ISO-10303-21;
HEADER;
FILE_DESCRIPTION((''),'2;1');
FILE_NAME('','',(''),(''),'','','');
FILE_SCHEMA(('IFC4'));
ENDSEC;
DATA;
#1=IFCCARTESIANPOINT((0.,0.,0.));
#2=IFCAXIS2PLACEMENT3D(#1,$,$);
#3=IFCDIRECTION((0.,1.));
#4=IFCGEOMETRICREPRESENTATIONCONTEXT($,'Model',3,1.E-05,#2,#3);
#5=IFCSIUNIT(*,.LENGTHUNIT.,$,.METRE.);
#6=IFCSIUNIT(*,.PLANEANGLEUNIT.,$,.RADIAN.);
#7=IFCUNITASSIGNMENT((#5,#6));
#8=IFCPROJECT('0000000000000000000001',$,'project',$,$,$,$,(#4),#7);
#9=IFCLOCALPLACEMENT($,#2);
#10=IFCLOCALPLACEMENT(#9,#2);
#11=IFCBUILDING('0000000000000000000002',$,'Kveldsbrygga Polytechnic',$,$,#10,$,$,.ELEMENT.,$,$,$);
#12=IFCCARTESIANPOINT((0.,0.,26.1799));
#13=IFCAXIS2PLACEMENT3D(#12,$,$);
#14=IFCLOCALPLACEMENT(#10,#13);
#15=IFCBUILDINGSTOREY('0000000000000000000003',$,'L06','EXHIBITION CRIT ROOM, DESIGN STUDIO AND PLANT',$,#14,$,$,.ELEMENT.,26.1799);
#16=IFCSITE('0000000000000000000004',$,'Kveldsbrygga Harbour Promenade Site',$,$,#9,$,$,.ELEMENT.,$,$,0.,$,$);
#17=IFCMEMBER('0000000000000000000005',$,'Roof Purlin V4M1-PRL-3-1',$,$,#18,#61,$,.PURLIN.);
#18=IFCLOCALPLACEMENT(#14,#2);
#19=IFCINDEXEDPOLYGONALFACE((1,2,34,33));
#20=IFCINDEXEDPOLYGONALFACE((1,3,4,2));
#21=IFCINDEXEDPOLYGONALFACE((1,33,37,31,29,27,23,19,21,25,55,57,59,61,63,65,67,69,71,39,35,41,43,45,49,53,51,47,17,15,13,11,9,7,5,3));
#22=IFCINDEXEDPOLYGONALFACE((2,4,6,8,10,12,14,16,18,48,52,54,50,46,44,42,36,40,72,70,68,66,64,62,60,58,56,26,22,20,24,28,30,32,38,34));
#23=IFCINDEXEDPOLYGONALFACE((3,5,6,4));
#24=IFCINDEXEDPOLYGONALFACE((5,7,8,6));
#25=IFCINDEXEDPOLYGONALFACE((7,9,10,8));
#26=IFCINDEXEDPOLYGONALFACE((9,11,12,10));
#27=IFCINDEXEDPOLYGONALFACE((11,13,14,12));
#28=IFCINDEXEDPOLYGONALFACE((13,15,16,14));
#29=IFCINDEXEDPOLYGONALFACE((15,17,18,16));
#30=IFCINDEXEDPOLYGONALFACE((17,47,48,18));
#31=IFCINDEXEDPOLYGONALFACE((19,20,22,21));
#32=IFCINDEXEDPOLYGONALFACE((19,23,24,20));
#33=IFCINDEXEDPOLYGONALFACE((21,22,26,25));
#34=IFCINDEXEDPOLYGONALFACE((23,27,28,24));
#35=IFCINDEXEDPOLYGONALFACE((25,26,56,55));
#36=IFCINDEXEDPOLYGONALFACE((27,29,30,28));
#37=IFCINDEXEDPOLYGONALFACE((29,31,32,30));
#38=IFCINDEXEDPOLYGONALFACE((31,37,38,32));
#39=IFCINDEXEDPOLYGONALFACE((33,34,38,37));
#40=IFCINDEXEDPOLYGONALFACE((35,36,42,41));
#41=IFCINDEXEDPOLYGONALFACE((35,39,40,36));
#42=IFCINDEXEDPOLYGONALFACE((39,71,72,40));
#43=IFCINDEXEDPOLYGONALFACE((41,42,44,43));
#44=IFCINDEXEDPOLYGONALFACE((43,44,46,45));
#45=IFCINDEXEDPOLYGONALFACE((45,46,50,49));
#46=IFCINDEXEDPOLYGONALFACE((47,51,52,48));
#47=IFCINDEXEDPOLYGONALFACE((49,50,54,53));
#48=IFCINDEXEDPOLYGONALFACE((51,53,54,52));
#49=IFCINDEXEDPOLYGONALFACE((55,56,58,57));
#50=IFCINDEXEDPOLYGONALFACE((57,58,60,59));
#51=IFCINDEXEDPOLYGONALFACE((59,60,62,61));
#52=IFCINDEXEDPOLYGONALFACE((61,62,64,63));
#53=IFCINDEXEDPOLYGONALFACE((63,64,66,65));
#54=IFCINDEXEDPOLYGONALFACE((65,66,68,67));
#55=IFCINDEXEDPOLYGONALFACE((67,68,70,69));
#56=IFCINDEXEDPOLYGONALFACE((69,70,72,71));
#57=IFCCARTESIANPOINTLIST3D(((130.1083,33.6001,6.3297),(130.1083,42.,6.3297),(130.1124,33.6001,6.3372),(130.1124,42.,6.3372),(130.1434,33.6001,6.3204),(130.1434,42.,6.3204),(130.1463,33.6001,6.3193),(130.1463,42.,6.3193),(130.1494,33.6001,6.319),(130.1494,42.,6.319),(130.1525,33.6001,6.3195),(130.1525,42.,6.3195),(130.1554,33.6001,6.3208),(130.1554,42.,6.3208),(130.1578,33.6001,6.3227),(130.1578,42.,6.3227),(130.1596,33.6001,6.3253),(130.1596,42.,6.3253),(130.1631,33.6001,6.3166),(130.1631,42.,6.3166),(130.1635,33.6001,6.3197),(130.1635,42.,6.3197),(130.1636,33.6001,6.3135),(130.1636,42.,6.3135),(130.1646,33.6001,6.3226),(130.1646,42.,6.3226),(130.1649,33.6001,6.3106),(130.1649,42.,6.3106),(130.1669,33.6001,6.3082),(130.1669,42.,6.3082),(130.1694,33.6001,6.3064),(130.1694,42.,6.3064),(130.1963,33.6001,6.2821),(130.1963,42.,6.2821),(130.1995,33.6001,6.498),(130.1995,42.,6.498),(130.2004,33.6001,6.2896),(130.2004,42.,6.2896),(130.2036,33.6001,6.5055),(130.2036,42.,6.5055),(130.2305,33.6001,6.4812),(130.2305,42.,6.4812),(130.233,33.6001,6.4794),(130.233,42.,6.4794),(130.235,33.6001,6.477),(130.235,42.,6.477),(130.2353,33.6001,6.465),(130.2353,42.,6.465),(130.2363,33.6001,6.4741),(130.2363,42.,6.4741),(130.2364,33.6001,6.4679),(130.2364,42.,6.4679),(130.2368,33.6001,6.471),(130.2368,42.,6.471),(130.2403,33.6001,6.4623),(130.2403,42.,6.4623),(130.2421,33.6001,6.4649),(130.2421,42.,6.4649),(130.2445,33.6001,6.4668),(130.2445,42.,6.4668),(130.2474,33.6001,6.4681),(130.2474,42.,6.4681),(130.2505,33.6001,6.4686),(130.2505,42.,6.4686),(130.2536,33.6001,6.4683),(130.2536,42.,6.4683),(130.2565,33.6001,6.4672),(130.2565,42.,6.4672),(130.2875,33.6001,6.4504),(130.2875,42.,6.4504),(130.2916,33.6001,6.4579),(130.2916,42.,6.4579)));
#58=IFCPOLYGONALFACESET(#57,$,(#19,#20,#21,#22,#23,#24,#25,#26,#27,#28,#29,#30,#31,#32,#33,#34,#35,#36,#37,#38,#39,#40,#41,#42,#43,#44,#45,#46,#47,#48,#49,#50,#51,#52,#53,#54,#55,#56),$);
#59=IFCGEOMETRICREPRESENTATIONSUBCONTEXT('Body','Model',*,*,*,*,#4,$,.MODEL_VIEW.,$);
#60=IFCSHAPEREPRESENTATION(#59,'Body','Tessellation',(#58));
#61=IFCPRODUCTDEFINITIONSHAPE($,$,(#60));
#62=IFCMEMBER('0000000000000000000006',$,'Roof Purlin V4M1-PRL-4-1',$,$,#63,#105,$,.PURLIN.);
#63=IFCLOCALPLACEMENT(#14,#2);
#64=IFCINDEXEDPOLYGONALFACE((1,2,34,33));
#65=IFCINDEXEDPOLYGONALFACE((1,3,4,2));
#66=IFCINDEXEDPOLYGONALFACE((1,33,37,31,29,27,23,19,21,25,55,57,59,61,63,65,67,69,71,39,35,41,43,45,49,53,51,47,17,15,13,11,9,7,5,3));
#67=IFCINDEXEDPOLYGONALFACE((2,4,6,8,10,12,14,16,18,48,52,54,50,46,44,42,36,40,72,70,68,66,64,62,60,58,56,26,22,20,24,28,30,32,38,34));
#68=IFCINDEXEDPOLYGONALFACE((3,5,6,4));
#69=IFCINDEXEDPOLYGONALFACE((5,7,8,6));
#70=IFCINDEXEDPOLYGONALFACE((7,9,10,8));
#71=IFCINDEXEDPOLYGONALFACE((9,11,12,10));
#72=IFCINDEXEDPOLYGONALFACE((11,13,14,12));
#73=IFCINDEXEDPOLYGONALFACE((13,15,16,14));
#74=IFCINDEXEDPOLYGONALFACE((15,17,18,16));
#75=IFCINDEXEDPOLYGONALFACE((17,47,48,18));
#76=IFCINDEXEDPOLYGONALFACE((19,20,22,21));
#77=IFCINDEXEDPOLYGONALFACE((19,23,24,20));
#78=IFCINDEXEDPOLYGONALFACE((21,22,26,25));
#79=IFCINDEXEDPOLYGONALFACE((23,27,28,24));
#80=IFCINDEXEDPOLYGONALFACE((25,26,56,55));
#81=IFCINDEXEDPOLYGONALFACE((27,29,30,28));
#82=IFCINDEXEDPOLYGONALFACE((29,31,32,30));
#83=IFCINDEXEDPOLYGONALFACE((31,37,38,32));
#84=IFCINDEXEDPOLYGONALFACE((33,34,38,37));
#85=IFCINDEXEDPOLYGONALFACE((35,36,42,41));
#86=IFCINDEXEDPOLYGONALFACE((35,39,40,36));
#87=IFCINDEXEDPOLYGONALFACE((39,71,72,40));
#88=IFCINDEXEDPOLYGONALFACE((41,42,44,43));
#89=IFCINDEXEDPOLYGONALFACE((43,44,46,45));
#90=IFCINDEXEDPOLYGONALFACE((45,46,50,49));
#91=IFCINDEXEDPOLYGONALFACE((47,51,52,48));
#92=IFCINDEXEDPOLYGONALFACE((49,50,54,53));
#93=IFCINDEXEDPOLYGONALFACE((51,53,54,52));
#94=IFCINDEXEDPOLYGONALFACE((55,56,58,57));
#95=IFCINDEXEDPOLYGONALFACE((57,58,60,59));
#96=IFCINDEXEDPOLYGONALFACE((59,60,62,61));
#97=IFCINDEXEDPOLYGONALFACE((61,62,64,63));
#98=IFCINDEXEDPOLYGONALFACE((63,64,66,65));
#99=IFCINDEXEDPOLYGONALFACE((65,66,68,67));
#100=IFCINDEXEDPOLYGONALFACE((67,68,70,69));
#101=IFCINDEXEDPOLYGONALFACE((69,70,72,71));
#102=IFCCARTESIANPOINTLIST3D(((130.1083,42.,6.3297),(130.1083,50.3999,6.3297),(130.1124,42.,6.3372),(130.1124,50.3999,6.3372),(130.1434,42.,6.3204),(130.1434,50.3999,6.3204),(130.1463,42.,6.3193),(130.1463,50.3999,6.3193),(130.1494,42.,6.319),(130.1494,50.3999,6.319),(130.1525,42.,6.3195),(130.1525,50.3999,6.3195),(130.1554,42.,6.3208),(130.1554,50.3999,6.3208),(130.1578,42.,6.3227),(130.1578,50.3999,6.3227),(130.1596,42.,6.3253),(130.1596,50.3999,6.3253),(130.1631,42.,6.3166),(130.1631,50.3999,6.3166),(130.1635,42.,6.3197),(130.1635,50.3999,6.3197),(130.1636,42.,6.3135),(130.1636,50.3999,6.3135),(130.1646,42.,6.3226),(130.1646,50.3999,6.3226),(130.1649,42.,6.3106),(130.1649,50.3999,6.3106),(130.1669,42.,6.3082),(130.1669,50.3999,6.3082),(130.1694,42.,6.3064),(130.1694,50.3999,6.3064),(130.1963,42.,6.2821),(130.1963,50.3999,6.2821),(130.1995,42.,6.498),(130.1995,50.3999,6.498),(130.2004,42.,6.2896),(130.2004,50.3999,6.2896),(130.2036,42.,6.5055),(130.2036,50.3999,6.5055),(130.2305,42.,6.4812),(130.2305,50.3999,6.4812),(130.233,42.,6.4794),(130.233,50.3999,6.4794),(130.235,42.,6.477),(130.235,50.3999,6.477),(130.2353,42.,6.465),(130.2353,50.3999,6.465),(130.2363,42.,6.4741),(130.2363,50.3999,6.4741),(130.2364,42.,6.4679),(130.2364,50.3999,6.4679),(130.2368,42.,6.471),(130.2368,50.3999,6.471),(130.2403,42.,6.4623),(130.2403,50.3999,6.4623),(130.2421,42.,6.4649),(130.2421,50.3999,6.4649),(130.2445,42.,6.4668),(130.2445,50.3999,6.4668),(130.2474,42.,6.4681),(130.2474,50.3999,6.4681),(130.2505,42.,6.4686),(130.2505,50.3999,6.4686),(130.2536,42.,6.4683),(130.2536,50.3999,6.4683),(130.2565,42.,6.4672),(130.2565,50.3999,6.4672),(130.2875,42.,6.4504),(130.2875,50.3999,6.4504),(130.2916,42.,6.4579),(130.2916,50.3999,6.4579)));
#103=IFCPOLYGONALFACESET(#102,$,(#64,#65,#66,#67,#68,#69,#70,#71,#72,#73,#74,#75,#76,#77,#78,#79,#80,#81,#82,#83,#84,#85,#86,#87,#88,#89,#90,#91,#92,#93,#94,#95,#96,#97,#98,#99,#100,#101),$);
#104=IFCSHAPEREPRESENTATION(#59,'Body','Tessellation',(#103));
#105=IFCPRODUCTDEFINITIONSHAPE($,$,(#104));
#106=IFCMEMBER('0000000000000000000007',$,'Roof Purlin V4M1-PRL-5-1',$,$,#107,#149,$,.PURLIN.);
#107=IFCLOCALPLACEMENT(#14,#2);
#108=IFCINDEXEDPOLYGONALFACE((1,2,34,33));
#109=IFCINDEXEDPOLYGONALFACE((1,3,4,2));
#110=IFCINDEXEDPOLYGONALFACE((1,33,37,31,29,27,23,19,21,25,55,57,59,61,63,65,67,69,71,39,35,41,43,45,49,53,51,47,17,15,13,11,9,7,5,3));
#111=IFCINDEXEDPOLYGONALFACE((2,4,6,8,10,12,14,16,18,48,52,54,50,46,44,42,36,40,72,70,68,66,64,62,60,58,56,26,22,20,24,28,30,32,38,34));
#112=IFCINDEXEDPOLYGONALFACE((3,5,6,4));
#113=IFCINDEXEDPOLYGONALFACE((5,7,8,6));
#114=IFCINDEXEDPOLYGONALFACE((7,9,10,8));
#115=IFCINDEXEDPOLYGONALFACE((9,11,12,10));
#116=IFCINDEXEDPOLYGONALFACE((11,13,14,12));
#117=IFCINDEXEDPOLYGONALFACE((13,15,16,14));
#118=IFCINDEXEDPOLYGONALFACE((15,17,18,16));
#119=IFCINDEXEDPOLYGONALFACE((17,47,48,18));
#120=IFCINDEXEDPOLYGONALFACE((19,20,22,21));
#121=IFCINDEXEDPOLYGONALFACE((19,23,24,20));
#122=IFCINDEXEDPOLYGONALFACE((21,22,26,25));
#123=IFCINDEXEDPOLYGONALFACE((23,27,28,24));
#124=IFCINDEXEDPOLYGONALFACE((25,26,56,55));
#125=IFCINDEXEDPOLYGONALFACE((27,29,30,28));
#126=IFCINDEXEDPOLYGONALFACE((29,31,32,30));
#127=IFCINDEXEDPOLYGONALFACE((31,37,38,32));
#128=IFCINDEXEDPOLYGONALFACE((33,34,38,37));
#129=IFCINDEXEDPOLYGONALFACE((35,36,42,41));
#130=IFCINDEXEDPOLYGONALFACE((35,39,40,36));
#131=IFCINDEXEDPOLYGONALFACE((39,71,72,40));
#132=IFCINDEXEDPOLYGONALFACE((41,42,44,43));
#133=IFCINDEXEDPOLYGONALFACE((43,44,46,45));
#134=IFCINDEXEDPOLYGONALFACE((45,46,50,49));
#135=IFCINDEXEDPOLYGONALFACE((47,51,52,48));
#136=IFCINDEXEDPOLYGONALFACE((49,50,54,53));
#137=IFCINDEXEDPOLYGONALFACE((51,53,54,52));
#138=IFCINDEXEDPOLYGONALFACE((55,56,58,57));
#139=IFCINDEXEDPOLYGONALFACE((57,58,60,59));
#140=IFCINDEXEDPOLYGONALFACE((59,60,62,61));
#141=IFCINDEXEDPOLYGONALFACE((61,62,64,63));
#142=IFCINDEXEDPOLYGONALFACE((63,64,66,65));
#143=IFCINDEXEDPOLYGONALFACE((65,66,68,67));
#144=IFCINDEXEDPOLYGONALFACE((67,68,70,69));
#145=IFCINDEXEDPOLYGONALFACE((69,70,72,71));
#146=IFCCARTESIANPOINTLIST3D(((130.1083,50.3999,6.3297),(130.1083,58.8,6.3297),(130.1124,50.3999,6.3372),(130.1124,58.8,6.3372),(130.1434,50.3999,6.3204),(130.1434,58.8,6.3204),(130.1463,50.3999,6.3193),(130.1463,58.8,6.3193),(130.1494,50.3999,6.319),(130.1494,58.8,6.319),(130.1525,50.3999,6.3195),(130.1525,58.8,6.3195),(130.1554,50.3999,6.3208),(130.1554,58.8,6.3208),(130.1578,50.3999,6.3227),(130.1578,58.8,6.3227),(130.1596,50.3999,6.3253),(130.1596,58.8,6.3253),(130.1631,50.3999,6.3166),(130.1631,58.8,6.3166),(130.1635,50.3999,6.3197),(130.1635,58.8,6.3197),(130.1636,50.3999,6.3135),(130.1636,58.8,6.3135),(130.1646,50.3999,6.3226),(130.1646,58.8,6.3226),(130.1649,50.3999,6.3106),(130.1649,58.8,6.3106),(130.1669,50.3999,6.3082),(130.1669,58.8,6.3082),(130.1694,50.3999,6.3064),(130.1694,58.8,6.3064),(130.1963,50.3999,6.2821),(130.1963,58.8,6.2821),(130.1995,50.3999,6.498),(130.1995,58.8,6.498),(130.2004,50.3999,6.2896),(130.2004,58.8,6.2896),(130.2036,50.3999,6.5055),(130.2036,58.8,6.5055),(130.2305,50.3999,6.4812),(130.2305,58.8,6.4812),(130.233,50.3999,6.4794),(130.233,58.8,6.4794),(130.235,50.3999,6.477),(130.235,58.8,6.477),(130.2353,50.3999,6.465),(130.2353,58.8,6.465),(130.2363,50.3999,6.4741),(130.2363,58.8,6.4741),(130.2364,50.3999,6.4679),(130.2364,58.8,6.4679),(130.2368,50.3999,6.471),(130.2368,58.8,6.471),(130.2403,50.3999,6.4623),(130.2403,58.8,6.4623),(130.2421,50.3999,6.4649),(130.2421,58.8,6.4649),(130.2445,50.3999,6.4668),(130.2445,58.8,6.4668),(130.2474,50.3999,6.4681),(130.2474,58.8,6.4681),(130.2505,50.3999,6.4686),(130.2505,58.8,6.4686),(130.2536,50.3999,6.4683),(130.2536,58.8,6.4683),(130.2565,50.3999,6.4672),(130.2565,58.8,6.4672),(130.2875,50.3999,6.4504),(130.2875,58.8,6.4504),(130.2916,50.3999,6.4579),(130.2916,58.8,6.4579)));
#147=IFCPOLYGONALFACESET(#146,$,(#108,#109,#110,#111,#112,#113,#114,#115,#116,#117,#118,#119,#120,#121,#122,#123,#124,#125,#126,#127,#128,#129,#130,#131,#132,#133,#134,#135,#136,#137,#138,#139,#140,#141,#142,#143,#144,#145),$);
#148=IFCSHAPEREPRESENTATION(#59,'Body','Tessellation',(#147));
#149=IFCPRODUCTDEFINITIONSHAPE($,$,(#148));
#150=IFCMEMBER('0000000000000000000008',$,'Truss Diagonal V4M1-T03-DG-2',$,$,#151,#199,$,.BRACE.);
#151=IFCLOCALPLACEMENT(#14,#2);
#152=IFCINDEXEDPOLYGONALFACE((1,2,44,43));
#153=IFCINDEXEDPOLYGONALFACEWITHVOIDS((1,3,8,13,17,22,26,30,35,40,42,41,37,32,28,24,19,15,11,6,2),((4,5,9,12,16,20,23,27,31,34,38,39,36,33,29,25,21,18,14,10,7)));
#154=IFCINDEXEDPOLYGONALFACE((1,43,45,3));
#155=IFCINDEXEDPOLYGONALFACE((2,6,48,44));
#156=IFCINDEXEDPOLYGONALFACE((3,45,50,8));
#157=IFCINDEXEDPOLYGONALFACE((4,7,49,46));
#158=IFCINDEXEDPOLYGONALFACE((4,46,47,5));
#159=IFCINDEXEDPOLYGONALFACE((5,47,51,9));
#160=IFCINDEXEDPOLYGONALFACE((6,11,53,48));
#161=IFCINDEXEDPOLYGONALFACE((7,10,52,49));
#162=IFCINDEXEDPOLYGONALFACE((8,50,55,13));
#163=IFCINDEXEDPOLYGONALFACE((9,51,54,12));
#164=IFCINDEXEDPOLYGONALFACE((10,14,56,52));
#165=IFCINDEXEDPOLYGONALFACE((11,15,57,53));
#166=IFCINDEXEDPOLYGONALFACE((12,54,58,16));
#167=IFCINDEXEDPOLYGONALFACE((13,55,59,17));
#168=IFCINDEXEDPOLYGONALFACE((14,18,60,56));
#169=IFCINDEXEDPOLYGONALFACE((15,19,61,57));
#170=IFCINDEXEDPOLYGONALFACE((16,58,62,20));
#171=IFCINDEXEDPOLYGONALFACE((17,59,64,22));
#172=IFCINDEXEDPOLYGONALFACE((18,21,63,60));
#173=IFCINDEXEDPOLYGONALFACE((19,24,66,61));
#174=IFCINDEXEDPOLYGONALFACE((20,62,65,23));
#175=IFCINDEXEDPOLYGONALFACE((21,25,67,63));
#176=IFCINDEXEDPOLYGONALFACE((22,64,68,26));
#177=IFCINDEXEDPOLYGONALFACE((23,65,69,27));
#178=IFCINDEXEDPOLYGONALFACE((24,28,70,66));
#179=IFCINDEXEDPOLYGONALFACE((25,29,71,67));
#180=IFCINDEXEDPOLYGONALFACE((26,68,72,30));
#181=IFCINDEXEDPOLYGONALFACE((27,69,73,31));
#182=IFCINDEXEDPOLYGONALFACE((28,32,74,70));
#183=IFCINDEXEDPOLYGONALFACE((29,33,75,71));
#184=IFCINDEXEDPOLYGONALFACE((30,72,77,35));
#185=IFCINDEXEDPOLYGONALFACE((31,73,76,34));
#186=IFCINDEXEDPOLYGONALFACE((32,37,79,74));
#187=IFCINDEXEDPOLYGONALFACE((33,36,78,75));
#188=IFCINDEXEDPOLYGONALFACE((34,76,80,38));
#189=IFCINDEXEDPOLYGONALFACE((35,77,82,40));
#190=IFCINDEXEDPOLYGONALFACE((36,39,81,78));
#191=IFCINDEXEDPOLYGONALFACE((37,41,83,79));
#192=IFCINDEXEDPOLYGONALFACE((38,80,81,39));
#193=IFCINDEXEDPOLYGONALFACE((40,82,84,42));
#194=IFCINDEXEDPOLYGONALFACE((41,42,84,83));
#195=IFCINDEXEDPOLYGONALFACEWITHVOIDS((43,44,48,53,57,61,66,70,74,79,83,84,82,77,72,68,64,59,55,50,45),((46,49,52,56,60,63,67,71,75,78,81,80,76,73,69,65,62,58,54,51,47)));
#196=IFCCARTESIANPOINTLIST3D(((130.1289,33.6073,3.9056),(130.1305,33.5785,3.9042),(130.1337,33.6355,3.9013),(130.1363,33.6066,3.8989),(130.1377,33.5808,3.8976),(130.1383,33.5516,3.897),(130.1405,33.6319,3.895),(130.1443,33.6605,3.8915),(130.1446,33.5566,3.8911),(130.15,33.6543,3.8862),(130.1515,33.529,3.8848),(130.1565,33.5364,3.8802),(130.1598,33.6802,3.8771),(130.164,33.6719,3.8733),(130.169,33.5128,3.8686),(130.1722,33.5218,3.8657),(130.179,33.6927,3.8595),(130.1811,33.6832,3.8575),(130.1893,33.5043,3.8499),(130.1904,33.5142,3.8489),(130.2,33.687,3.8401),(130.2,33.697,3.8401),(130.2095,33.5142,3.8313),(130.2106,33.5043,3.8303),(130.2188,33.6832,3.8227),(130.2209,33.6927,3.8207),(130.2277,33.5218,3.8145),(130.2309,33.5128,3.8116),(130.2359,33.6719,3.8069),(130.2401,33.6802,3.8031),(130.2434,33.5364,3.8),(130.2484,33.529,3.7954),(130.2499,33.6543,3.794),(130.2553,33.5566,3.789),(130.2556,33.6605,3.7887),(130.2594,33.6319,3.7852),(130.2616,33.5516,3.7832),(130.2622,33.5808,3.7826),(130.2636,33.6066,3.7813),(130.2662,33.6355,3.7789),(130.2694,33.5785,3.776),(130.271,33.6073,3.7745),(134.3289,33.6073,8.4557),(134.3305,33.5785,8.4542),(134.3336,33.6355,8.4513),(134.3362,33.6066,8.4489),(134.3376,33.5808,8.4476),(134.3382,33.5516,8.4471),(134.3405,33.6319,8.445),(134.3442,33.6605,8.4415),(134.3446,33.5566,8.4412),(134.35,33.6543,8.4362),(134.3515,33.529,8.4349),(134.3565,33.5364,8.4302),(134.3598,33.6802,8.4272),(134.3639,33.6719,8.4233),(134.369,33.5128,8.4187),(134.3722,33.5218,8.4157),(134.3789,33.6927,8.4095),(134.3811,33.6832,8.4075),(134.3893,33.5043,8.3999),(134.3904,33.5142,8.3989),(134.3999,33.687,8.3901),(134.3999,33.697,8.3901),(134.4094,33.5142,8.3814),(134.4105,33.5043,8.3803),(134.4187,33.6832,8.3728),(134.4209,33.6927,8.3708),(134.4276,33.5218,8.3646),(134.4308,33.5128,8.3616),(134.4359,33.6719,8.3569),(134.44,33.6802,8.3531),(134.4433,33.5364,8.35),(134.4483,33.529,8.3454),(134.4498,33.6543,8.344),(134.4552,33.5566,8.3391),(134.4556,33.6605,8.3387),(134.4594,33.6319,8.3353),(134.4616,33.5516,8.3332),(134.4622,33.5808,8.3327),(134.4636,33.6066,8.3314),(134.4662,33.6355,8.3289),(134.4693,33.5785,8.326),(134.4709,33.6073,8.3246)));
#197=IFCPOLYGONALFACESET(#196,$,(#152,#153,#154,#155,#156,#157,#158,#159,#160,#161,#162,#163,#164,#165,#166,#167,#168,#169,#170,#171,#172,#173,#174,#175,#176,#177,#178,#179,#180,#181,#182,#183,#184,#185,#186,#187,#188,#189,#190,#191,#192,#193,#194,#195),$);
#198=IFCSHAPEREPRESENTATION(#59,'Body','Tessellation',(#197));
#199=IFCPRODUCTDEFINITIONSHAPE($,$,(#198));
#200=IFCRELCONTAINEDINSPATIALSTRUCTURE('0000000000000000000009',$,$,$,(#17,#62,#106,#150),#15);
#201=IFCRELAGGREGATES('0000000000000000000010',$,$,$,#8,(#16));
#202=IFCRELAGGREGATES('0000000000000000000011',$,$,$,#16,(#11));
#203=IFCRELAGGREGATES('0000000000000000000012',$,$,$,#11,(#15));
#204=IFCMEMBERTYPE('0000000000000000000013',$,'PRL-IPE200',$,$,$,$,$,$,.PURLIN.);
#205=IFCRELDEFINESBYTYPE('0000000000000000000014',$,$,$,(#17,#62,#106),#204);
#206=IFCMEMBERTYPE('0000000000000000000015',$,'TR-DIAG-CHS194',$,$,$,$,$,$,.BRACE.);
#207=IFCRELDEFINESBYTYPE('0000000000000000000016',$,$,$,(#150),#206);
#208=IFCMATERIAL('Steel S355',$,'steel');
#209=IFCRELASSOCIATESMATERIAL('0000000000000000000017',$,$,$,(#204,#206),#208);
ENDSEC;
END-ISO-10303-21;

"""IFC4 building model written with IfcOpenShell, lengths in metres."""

from ifc_helpers import new_model, si_unit, direction, frame, origin, origin_2d, place, context, subcontext, project, spatial, hollow_circle, i_section, extrude, material, material_profile, profile_set, type_object, element, save


model = new_model("IFC4")

# Units and contexts
model_context = context("Model", 3, precision=1e-05, world=origin(), true_north=direction((0.0, 1.0)))
body_context = subcontext(model_context, "Body", "Model", "MODEL_VIEW")
ifc_project = project(units=[si_unit("LENGTHUNIT", "METRE"), si_unit("PLANEANGLEUNIT", "RADIAN")], contexts=[model_context])

# Site, building, storey
site_placement = place(None, origin())
site = spatial("IfcSite", under=ifc_project, at=site_placement, Name="Kveldsbrygga Harbour Promenade Site", CompositionType="ELEMENT", RefElevation=0.0)
building_placement = place(site_placement, origin())
building = spatial("IfcBuilding", under=site, at=building_placement, Name="Kveldsbrygga Polytechnic", CompositionType="ELEMENT")
storey_placement = place(building_placement, frame((0.0, 0.0, 26.1799)))
storey = spatial("IfcBuildingStorey", under=building, at=storey_placement, Name="L06", Description="EXHIBITION CRIT ROOM, DESIGN STUDIO AND PLANT", CompositionType="ELEMENT", Elevation=26.1799)

# Members
ifc_material_1 = material(Name="Steel S355", Category="steel")
ifc_material_profile_1 = material_profile(ifc_material_1, i_section(OverallWidth=0.1001, OverallDepth=0.2, WebThickness=0.0056, FlangeThickness=0.0085, FilletRadius=0.012, at=origin_2d()), Name="IPE 200")
ifc_profile_set_1 = profile_set([ifc_material_profile_1], Name="Steel S355")
member_type_1 = type_object("IfcMemberType", Name="PRL-IPE200", PredefinedType="PURLIN", material=ifc_profile_set_1)
for number, where, z_axis, x_axis, name in (
    (1, (130.2, 33.6001, 6.3938), (0.0, 1.0, 0.0), (-0.879292, 0.0, 0.476283), "Roof Purlin V4M1-PRL-3-1"),
    (2, (130.2, 42.0, 6.3938), (0.0, 1.0, 0.0), (-0.879292, 0.0, 0.476283), "Roof Purlin V4M1-PRL-4-1"),
):
    element("IfcMember", number, at=place(storey_placement, frame(where, z_axis=z_axis, x_axis=x_axis)), inside=storey, type_object=member_type_1, Name=name, PredefinedType="PURLIN", context=body_context, shape_type="SweptSolid", body=[
        extrude(i_section(OverallWidth=0.1001, OverallDepth=0.2, WebThickness=0.0056, FlangeThickness=0.0085, FilletRadius=0.012, at=origin_2d()), origin(), (0.0, 0.0, 1.0), 8.3999),
    ])
member_placement = place(storey_placement, frame((130.2, 50.3999, 6.3938), z_axis=(0.0, 1.0, 0.0), x_axis=(-0.879292, 0.0, 0.476283)))
element("IfcMember", 3, at=member_placement, inside=storey, type_object=member_type_1, Name="Roof Purlin V4M1-PRL-5-1", PredefinedType="PURLIN", context=body_context, shape_type="SweptSolid", body=[
    extrude(i_section(OverallWidth=0.1001, OverallDepth=0.2, WebThickness=0.0056, FlangeThickness=0.0085, FilletRadius=0.012, at=origin_2d()), origin(), (0.0, 0.0, 1.0), 8.4001),
])
ifc_material_profile_2 = material_profile(ifc_material_1, hollow_circle(Radius=0.0969, WallThickness=0.01, at=origin_2d()), Name="CHS 193.7x10.0")
ifc_profile_set_2 = profile_set([ifc_material_profile_2], Name="Steel S355")
member_type_2 = type_object("IfcMemberType", Name="TR-DIAG-CHS194", PredefinedType="BRACE", material=ifc_profile_set_2)
for number, where, z_axis, x_axis, name in (
    (4, (130.2, 33.6001, 3.8401), (0.678272, 0.0, 0.734811), (0.0, 1.0, 0.0), "Truss Diagonal V4M1-T03-DG-2"),
):
    element("IfcMember", number, at=place(storey_placement, frame(where, z_axis=z_axis, x_axis=x_axis)), inside=storey, type_object=member_type_2, Name=name, PredefinedType="BRACE", context=body_context, shape_type="SweptSolid", body=[
        extrude(hollow_circle(Radius=0.0969, WallThickness=0.01, at=origin_2d()), origin(), (0.0, 0.0, 1.0), 6.1921),
    ])

save(model, "model.ifc")
